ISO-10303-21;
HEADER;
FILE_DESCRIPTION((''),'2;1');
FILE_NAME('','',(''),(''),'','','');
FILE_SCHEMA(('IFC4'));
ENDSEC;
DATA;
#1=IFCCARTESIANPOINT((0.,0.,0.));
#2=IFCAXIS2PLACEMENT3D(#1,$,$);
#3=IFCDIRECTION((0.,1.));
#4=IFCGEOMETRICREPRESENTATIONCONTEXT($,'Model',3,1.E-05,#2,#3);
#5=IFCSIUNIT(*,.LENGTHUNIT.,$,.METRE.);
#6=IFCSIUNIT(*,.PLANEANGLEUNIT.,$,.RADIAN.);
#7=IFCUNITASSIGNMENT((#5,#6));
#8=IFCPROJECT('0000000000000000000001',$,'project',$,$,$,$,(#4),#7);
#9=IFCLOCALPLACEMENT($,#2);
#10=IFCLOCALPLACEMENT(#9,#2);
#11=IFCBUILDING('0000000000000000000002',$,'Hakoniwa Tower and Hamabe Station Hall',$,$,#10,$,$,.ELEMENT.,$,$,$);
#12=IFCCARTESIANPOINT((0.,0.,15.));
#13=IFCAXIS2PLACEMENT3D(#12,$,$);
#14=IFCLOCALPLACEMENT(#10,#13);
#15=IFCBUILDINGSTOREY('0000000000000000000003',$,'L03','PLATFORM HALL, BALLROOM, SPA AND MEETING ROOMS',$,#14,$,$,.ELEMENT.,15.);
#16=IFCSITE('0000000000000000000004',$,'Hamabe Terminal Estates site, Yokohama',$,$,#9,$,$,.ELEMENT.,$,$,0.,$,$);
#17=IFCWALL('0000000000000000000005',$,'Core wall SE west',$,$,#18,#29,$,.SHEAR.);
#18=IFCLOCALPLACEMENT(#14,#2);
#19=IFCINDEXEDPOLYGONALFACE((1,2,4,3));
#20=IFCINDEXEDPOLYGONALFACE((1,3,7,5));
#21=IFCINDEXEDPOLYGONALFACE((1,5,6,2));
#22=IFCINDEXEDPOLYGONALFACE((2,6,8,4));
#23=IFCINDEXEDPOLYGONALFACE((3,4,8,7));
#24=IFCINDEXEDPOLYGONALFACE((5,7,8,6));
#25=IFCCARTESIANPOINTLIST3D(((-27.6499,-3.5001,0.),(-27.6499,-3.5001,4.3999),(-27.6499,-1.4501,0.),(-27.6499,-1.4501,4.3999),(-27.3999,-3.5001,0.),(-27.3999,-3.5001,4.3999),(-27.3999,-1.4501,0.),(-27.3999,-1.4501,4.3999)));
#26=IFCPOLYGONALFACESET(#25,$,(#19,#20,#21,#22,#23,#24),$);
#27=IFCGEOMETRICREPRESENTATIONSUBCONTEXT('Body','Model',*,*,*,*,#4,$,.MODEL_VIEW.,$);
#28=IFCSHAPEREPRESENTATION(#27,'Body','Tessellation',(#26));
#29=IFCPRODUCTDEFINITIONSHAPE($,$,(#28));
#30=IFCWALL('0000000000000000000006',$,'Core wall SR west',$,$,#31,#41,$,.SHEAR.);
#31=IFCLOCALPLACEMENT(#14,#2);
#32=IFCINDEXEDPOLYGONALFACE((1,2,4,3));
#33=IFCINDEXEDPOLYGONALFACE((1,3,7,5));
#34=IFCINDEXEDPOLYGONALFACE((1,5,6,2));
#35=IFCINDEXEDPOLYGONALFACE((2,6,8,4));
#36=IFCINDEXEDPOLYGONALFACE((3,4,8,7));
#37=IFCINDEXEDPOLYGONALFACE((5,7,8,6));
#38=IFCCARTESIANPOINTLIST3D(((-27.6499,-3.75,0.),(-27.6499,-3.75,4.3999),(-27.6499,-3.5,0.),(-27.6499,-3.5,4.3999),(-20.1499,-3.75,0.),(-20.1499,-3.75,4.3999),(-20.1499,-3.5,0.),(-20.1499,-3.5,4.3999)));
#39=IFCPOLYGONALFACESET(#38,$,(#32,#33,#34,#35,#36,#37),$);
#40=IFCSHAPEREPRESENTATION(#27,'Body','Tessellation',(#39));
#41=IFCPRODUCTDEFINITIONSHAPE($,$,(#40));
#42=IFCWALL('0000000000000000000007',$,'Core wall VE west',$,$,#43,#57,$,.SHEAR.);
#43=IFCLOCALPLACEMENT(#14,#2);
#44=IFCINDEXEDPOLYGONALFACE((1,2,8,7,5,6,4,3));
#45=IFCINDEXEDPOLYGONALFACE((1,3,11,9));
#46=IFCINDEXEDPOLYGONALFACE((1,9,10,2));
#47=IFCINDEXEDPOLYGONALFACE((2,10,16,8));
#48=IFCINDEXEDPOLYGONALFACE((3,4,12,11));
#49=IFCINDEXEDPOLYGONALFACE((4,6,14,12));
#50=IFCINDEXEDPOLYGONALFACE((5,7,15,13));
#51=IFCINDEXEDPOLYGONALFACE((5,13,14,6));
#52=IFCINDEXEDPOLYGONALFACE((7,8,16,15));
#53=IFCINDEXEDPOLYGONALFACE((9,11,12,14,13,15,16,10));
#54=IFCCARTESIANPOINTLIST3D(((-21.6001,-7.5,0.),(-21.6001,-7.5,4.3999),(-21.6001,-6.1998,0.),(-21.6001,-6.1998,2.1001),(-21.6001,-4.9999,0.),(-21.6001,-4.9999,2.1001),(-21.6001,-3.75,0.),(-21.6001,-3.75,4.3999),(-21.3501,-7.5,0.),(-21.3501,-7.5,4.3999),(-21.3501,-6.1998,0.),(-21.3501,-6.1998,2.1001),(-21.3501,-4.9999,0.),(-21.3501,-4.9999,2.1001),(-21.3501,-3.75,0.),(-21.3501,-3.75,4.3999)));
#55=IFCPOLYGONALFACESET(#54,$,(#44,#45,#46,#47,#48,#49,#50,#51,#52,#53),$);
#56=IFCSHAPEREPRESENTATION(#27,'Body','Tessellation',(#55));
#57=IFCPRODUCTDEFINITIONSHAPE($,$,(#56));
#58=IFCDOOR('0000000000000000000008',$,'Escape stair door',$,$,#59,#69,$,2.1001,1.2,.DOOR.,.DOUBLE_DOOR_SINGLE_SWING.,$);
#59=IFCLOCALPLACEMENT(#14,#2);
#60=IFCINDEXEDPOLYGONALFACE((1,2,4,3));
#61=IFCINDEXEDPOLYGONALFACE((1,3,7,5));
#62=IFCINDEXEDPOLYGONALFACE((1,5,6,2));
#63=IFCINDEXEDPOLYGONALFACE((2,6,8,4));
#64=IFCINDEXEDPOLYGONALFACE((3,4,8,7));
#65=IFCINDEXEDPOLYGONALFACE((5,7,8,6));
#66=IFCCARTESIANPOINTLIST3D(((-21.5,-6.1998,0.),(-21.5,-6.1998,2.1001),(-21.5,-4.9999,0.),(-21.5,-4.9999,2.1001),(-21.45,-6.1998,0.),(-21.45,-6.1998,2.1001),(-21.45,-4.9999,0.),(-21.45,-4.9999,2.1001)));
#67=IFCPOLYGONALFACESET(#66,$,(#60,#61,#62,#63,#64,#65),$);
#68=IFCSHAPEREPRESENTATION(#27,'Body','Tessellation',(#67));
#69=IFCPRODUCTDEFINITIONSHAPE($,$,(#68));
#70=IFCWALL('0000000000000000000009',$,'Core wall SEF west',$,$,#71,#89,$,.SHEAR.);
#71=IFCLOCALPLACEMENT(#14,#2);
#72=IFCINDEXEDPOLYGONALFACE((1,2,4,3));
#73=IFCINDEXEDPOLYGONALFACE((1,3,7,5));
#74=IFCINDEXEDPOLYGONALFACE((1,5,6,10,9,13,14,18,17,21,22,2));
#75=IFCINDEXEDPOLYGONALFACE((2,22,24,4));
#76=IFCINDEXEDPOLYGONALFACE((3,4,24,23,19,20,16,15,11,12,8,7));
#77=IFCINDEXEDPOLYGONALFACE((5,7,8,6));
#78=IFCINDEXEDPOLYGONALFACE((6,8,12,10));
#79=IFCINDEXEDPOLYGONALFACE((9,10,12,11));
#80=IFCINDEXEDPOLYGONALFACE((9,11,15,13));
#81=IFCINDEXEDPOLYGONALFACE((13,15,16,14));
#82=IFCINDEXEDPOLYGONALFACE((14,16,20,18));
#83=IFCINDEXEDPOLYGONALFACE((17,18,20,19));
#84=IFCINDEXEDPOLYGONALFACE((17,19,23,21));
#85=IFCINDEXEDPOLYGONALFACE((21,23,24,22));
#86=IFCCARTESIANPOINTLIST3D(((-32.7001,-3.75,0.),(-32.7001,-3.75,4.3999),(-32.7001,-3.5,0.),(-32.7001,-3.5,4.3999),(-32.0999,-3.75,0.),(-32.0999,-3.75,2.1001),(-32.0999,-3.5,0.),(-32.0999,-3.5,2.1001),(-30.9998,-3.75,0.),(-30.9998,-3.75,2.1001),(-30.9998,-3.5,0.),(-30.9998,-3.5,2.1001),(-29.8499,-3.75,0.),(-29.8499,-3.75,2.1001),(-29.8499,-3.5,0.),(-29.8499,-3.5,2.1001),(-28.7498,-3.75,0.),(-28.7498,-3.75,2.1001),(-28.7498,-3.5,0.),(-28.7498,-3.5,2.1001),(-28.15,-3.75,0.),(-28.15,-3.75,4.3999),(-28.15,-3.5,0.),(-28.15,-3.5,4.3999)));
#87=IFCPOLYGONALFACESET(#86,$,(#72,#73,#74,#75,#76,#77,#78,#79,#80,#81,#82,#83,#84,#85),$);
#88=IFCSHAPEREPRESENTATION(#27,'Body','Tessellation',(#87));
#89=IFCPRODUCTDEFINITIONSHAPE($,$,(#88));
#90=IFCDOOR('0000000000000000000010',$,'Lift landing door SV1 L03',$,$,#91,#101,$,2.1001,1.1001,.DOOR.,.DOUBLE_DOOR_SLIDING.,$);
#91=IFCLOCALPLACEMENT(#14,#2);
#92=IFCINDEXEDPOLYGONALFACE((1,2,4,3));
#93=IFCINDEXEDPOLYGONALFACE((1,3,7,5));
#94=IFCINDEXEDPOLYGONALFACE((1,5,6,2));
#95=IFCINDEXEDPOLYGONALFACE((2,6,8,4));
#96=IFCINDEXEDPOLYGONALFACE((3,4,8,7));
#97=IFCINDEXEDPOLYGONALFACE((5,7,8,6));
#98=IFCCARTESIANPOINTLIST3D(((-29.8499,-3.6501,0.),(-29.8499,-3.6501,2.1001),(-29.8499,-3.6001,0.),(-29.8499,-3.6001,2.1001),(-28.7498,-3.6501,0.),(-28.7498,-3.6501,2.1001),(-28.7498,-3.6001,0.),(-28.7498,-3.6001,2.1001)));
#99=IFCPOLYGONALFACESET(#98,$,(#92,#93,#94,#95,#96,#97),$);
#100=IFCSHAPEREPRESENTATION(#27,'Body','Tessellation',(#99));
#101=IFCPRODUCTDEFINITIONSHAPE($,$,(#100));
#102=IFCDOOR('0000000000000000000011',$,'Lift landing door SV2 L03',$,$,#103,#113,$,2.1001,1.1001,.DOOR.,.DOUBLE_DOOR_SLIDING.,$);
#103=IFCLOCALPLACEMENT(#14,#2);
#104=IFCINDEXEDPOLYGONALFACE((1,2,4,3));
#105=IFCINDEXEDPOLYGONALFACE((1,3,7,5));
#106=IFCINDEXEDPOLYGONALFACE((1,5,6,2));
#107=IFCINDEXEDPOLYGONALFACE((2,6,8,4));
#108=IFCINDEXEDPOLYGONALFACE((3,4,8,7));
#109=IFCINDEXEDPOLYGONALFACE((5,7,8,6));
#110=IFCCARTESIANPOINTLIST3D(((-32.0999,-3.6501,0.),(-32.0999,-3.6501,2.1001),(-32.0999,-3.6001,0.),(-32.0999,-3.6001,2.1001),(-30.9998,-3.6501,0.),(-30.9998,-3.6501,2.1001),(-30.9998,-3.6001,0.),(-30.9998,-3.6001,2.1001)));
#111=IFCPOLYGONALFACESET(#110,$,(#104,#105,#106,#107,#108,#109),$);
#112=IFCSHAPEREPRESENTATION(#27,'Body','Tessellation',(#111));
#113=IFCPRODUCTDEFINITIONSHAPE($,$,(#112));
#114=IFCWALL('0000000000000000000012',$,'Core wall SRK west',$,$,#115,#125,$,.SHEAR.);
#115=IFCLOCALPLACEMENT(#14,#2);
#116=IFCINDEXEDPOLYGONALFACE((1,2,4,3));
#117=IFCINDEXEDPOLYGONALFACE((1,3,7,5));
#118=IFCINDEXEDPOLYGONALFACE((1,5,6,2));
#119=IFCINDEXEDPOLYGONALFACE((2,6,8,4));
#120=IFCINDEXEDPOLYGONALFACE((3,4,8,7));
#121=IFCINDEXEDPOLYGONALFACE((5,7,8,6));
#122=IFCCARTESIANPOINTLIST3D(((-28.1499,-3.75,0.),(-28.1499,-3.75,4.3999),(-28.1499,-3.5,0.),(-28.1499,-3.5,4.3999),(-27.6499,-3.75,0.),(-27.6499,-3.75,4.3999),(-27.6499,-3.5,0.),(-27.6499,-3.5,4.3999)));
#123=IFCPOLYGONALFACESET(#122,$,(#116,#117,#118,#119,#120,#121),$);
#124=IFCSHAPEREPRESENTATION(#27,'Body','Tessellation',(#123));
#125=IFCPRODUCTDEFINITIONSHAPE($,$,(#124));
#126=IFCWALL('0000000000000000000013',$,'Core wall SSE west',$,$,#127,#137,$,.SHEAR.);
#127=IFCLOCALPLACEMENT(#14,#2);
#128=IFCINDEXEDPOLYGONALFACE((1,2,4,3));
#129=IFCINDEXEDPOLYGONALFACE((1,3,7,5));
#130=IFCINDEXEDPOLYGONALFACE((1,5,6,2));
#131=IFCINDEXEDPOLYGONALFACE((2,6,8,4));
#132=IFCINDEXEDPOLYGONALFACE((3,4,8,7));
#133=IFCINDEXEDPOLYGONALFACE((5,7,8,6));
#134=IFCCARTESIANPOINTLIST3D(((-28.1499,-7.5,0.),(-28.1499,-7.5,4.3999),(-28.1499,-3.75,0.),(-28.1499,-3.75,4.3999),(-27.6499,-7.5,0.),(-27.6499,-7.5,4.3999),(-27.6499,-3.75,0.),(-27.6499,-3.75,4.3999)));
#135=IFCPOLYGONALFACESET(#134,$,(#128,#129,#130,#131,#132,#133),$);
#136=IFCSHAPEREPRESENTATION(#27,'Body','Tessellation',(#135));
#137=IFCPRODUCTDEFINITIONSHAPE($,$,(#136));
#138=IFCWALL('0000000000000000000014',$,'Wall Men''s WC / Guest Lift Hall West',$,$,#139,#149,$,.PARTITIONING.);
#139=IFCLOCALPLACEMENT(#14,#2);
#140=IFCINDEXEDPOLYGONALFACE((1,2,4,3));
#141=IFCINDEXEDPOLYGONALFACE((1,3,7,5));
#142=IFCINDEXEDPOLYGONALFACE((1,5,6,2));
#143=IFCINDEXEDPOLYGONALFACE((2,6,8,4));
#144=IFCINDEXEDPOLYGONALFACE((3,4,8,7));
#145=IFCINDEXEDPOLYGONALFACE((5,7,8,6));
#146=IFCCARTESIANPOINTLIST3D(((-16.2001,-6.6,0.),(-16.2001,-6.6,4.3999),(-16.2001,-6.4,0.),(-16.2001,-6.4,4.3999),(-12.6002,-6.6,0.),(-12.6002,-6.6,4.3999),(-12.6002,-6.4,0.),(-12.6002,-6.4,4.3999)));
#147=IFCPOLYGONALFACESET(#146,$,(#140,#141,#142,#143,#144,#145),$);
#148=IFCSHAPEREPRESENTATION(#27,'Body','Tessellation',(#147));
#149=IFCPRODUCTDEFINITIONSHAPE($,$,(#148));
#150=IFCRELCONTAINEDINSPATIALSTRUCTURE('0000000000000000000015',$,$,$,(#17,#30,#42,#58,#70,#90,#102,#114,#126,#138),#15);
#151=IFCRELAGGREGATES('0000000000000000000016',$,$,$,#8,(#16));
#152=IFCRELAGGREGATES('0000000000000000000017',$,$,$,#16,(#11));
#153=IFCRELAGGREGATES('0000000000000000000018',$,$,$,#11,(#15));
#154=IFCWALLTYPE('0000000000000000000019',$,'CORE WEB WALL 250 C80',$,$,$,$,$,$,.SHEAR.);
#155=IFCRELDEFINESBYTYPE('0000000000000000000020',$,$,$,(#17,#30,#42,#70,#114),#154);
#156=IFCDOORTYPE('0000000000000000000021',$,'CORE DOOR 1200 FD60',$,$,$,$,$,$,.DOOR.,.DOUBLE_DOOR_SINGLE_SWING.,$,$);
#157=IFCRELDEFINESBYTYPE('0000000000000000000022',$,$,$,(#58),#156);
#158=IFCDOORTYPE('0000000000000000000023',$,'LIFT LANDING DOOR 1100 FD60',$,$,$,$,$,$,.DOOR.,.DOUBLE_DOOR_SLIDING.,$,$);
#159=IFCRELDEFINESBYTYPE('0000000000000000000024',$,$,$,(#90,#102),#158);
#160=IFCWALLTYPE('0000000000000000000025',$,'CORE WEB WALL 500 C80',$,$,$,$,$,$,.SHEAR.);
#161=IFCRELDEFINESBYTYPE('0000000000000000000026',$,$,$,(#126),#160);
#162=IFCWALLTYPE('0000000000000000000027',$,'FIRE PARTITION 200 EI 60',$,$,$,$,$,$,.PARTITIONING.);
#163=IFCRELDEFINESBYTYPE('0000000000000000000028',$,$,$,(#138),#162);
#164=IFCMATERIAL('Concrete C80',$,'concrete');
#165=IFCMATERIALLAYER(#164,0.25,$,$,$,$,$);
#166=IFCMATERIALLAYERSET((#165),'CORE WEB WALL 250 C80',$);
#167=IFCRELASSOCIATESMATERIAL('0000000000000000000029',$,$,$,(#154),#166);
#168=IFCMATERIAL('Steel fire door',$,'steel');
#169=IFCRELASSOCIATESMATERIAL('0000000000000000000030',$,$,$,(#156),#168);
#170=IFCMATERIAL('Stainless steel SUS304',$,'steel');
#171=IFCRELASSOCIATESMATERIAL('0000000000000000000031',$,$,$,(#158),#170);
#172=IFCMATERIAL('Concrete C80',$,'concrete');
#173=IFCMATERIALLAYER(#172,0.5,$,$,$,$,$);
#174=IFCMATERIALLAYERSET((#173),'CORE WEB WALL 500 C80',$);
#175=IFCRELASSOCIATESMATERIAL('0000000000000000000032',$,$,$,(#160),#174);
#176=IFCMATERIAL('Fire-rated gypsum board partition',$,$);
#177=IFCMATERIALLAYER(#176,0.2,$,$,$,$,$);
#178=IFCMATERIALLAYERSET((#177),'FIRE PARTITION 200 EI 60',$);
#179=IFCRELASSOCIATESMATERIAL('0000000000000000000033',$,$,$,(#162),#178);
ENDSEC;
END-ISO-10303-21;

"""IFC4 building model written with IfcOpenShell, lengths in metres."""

from ifc_helpers import new_model, si_unit, direction, frame, frame_2d, origin, place, context, subcontext, project, spatial, rectangle, extrude, material, layer, layer_set, type_object, element, fill, save


model = new_model("IFC4")

# Units and contexts
model_context = context("Model", 3, precision=1e-05, world=origin(), true_north=direction((0.0, 1.0)))
body_context = subcontext(model_context, "Body", "Model", "MODEL_VIEW")
ifc_project = project(units=[si_unit("LENGTHUNIT", "METRE"), si_unit("PLANEANGLEUNIT", "RADIAN")], contexts=[model_context])

# Site, building, storey
site_placement = place(None, origin())
site = spatial("IfcSite", under=ifc_project, at=site_placement, Name="Hamabe Terminal Estates site, Yokohama", CompositionType="ELEMENT", RefElevation=0.0)
building_placement = place(site_placement, origin())
building = spatial("IfcBuilding", under=site, at=building_placement, Name="Hakoniwa Tower and Hamabe Station Hall", CompositionType="ELEMENT")
storey_placement = place(building_placement, frame((0.0, 0.0, 15.0)))
storey = spatial("IfcBuildingStorey", under=building, at=storey_placement, Name="L03", Description="PLATFORM HALL, BALLROOM, SPA AND MEETING ROOMS", CompositionType="ELEMENT", Elevation=15.0)

# Shared definitions
ifc_material_1 = material(Name="Concrete C80", Category="concrete")
ifc_layer_1 = layer(ifc_material_1, 0.25)
ifc_layer_set_1 = layer_set([ifc_layer_1], Name="CORE WEB WALL 250 C80")
wall_type_1 = type_object("IfcWallType", Name="CORE WEB WALL 250 C80", PredefinedType="SHEAR", material=ifc_layer_set_1)

# Walls
wall_1_placement = place(storey_placement, frame((-27.5249, -3.5, 0.0), z_axis=(0.0, 0.0, 1.0), x_axis=(0.0, 1.0, 0.0)))
element("IfcWall", 1, at=wall_1_placement, inside=storey, type_object=wall_type_1, Name="Core wall SE west", PredefinedType="SHEAR", context=body_context, shape_type="SweptSolid", body=[
    extrude(rectangle(XDim=2.05, YDim=0.25, at=frame_2d((1.0249, 0.0))), origin(), (0.0, 0.0, 1.0), 4.3999),
])
wall_2_placement = place(storey_placement, frame((-27.6499, -3.625, 0.0), z_axis=(0.0, 0.0, 1.0), x_axis=(1.0, 0.0, 0.0)))
element("IfcWall", 2, at=wall_2_placement, inside=storey, type_object=wall_type_1, Name="Core wall SR west", PredefinedType="SHEAR", context=body_context, shape_type="SweptSolid", body=[
    extrude(rectangle(XDim=7.5, YDim=0.25, at=frame_2d((3.75, 0.0))), origin(), (0.0, 0.0, 1.0), 4.3999),
])

# Wall, opening, door
wall_3_placement = place(storey_placement, frame((-21.4751, -7.5, 0.0), z_axis=(0.0, 0.0, 1.0), x_axis=(0.0, 1.0, 0.0)))
wall_3 = element("IfcWall", 3, at=wall_3_placement, inside=storey, type_object=wall_type_1, Name="Core wall VE west", PredefinedType="SHEAR", context=body_context, shape_type="SweptSolid", body=[
    extrude(rectangle(XDim=3.75, YDim=0.25, at=frame_2d((1.875, 0.0))), origin(), (0.0, 0.0, 1.0), 4.3999),
])
opening_1_placement = place(wall_3_placement, frame((1.3, 0.0, 0.0)))
opening_1 = element("IfcOpeningElement", 4, at=opening_1_placement, cuts=wall_3, PredefinedType="OPENING", context=body_context, shape_type="SweptSolid", body=[
    extrude(rectangle(XDim=1.2, YDim=2.1001, at=frame_2d((0.6001, 1.05))), frame((0.0, 0.135, 0.0), z_axis=(0.0, -1.0, 0.0), x_axis=(1.0, 0.0, 0.0)), (0.0, 0.0, 1.0), 0.27),
])
ifc_material_2 = material(Name="Steel fire door", Category="steel")
door_type_1 = type_object("IfcDoorType", Name="CORE DOOR 1200 FD60", OperationType="DOUBLE_DOOR_SINGLE_SWING", PredefinedType="DOOR", material=ifc_material_2)
door_1_placement = place(opening_1_placement, origin())
door_1 = element("IfcDoor", 5, at=door_1_placement, inside=storey, type_object=door_type_1, Name="Escape stair door", OperationType="DOUBLE_DOOR_SINGLE_SWING", OverallHeight=2.1001, OverallWidth=1.2, PredefinedType="DOOR", context=body_context, shape_type="SweptSolid", body=[
    extrude(rectangle(XDim=1.2, YDim=2.1001, at=frame_2d((0.6001, 1.05))), frame((0.0, 0.0249, 0.0), z_axis=(0.0, -1.0, 0.0), x_axis=(1.0, 0.0, 0.0)), (0.0, 0.0, 1.0), 0.05),
])
fill(opening_1, door_1)

# Wall, openings, doors
wall_4_placement = place(storey_placement, frame((-32.7, -3.625, 0.0), z_axis=(0.0, 0.0, 1.0), x_axis=(1.0, 0.0, 0.0)))
wall_4 = element("IfcWall", 6, at=wall_4_placement, inside=storey, type_object=wall_type_1, Name="Core wall SEF west", PredefinedType="SHEAR", context=body_context, shape_type="SweptSolid", body=[
    extrude(rectangle(XDim=4.55, YDim=0.25, at=frame_2d((2.2749, 0.0))), origin(), (0.0, 0.0, 1.0), 4.3999),
])
opening_2_placement = place(wall_4_placement, frame((2.8501, 0.0, 0.0)))
opening_2 = element("IfcOpeningElement", 7, at=opening_2_placement, cuts=wall_4, PredefinedType="OPENING", context=body_context, shape_type="SweptSolid", body=[
    extrude(rectangle(XDim=1.1001, YDim=2.1001, at=frame_2d((0.55, 1.05))), frame((0.0, 0.135, 0.0), z_axis=(0.0, -1.0, 0.0), x_axis=(1.0, 0.0, 0.0)), (0.0, 0.0, 1.0), 0.27),
])
opening_3_placement = place(wall_4_placement, frame((0.6001, 0.0, 0.0)))
opening_3 = element("IfcOpeningElement", 8, at=opening_3_placement, cuts=wall_4, PredefinedType="OPENING", context=body_context, shape_type="SweptSolid", body=[
    extrude(rectangle(XDim=1.1001, YDim=2.1001, at=frame_2d((0.55, 1.05))), frame((0.0, 0.135, 0.0), z_axis=(0.0, -1.0, 0.0), x_axis=(1.0, 0.0, 0.0)), (0.0, 0.0, 1.0), 0.27),
])
ifc_material_3 = material(Name="Stainless steel SUS304", Category="steel")
door_type_2 = type_object("IfcDoorType", Name="LIFT LANDING DOOR 1100 FD60", OperationType="DOUBLE_DOOR_SLIDING", PredefinedType="DOOR", material=ifc_material_3)
door_2_placement = place(opening_2_placement, origin())
door_2 = element("IfcDoor", 9, at=door_2_placement, inside=storey, type_object=door_type_2, Name="Lift landing door SV1 L03", OperationType="DOUBLE_DOOR_SLIDING", OverallHeight=2.1001, OverallWidth=1.1001, PredefinedType="DOOR", context=body_context, shape_type="SweptSolid", body=[
    extrude(rectangle(XDim=1.1001, YDim=2.1001, at=frame_2d((0.55, 1.05))), frame((0.0, 0.0249, 0.0), z_axis=(0.0, -1.0, 0.0), x_axis=(1.0, 0.0, 0.0)), (0.0, 0.0, 1.0), 0.05),
])
fill(opening_2, door_2)
door_3_placement = place(opening_3_placement, origin())
door_3 = element("IfcDoor", 10, at=door_3_placement, inside=storey, type_object=door_type_2, Name="Lift landing door SV2 L03", OperationType="DOUBLE_DOOR_SLIDING", OverallHeight=2.1001, OverallWidth=1.1001, PredefinedType="DOOR", context=body_context, shape_type="SweptSolid", body=[
    extrude(rectangle(XDim=1.1001, YDim=2.1001, at=frame_2d((0.55, 1.05))), frame((0.0, 0.0249, 0.0), z_axis=(0.0, -1.0, 0.0), x_axis=(1.0, 0.0, 0.0)), (0.0, 0.0, 1.0), 0.05),
])
fill(opening_3, door_3)

# Walls
wall_5_placement = place(storey_placement, frame((-28.1499, -3.625, 0.0), z_axis=(0.0, 0.0, 1.0), x_axis=(1.0, 0.0, 0.0)))
element("IfcWall", 11, at=wall_5_placement, inside=storey, type_object=wall_type_1, Name="Core wall SRK west", PredefinedType="SHEAR", context=body_context, shape_type="SweptSolid", body=[
    extrude(rectangle(XDim=0.5, YDim=0.25, at=frame_2d((0.25, 0.0))), origin(), (0.0, 0.0, 1.0), 4.3999),
])
ifc_material_4 = material(Name="Concrete C80", Category="concrete")
ifc_layer_2 = layer(ifc_material_4, 0.5)
ifc_layer_set_2 = layer_set([ifc_layer_2], Name="CORE WEB WALL 500 C80")
wall_type_2 = type_object("IfcWallType", Name="CORE WEB WALL 500 C80", PredefinedType="SHEAR", material=ifc_layer_set_2)
wall_6_placement = place(storey_placement, frame((-27.8999, -7.5, 0.0), z_axis=(0.0, 0.0, 1.0), x_axis=(0.0, 1.0, 0.0)))
element("IfcWall", 12, at=wall_6_placement, inside=storey, type_object=wall_type_2, Name="Core wall SSE west", PredefinedType="SHEAR", context=body_context, shape_type="SweptSolid", body=[
    extrude(rectangle(XDim=3.75, YDim=0.5, at=frame_2d((1.875, 0.0))), origin(), (0.0, 0.0, 1.0), 4.3999),
])
ifc_material_5 = material(Name="Fire-rated gypsum board partition")
ifc_layer_3 = layer(ifc_material_5, 0.2)
ifc_layer_set_3 = layer_set([ifc_layer_3], Name="FIRE PARTITION 200 EI 60")
wall_type_3 = type_object("IfcWallType", Name="FIRE PARTITION 200 EI 60", PredefinedType="PARTITIONING", material=ifc_layer_set_3)
wall_7_placement = place(storey_placement, frame((-16.2, -6.5, 0.0), z_axis=(0.0, 0.0, 1.0), x_axis=(1.0, 0.0, 0.0)))
element("IfcWall", 13, at=wall_7_placement, inside=storey, type_object=wall_type_3, Name="Wall Men's WC / Guest Lift Hall West", PredefinedType="PARTITIONING", context=body_context, shape_type="SweptSolid", body=[
    extrude(rectangle(XDim=3.5999, YDim=0.2, at=frame_2d((1.7998, 0.0))), origin(), (0.0, 0.0, 1.0), 4.3999),
])

save(model, "model.ifc")
